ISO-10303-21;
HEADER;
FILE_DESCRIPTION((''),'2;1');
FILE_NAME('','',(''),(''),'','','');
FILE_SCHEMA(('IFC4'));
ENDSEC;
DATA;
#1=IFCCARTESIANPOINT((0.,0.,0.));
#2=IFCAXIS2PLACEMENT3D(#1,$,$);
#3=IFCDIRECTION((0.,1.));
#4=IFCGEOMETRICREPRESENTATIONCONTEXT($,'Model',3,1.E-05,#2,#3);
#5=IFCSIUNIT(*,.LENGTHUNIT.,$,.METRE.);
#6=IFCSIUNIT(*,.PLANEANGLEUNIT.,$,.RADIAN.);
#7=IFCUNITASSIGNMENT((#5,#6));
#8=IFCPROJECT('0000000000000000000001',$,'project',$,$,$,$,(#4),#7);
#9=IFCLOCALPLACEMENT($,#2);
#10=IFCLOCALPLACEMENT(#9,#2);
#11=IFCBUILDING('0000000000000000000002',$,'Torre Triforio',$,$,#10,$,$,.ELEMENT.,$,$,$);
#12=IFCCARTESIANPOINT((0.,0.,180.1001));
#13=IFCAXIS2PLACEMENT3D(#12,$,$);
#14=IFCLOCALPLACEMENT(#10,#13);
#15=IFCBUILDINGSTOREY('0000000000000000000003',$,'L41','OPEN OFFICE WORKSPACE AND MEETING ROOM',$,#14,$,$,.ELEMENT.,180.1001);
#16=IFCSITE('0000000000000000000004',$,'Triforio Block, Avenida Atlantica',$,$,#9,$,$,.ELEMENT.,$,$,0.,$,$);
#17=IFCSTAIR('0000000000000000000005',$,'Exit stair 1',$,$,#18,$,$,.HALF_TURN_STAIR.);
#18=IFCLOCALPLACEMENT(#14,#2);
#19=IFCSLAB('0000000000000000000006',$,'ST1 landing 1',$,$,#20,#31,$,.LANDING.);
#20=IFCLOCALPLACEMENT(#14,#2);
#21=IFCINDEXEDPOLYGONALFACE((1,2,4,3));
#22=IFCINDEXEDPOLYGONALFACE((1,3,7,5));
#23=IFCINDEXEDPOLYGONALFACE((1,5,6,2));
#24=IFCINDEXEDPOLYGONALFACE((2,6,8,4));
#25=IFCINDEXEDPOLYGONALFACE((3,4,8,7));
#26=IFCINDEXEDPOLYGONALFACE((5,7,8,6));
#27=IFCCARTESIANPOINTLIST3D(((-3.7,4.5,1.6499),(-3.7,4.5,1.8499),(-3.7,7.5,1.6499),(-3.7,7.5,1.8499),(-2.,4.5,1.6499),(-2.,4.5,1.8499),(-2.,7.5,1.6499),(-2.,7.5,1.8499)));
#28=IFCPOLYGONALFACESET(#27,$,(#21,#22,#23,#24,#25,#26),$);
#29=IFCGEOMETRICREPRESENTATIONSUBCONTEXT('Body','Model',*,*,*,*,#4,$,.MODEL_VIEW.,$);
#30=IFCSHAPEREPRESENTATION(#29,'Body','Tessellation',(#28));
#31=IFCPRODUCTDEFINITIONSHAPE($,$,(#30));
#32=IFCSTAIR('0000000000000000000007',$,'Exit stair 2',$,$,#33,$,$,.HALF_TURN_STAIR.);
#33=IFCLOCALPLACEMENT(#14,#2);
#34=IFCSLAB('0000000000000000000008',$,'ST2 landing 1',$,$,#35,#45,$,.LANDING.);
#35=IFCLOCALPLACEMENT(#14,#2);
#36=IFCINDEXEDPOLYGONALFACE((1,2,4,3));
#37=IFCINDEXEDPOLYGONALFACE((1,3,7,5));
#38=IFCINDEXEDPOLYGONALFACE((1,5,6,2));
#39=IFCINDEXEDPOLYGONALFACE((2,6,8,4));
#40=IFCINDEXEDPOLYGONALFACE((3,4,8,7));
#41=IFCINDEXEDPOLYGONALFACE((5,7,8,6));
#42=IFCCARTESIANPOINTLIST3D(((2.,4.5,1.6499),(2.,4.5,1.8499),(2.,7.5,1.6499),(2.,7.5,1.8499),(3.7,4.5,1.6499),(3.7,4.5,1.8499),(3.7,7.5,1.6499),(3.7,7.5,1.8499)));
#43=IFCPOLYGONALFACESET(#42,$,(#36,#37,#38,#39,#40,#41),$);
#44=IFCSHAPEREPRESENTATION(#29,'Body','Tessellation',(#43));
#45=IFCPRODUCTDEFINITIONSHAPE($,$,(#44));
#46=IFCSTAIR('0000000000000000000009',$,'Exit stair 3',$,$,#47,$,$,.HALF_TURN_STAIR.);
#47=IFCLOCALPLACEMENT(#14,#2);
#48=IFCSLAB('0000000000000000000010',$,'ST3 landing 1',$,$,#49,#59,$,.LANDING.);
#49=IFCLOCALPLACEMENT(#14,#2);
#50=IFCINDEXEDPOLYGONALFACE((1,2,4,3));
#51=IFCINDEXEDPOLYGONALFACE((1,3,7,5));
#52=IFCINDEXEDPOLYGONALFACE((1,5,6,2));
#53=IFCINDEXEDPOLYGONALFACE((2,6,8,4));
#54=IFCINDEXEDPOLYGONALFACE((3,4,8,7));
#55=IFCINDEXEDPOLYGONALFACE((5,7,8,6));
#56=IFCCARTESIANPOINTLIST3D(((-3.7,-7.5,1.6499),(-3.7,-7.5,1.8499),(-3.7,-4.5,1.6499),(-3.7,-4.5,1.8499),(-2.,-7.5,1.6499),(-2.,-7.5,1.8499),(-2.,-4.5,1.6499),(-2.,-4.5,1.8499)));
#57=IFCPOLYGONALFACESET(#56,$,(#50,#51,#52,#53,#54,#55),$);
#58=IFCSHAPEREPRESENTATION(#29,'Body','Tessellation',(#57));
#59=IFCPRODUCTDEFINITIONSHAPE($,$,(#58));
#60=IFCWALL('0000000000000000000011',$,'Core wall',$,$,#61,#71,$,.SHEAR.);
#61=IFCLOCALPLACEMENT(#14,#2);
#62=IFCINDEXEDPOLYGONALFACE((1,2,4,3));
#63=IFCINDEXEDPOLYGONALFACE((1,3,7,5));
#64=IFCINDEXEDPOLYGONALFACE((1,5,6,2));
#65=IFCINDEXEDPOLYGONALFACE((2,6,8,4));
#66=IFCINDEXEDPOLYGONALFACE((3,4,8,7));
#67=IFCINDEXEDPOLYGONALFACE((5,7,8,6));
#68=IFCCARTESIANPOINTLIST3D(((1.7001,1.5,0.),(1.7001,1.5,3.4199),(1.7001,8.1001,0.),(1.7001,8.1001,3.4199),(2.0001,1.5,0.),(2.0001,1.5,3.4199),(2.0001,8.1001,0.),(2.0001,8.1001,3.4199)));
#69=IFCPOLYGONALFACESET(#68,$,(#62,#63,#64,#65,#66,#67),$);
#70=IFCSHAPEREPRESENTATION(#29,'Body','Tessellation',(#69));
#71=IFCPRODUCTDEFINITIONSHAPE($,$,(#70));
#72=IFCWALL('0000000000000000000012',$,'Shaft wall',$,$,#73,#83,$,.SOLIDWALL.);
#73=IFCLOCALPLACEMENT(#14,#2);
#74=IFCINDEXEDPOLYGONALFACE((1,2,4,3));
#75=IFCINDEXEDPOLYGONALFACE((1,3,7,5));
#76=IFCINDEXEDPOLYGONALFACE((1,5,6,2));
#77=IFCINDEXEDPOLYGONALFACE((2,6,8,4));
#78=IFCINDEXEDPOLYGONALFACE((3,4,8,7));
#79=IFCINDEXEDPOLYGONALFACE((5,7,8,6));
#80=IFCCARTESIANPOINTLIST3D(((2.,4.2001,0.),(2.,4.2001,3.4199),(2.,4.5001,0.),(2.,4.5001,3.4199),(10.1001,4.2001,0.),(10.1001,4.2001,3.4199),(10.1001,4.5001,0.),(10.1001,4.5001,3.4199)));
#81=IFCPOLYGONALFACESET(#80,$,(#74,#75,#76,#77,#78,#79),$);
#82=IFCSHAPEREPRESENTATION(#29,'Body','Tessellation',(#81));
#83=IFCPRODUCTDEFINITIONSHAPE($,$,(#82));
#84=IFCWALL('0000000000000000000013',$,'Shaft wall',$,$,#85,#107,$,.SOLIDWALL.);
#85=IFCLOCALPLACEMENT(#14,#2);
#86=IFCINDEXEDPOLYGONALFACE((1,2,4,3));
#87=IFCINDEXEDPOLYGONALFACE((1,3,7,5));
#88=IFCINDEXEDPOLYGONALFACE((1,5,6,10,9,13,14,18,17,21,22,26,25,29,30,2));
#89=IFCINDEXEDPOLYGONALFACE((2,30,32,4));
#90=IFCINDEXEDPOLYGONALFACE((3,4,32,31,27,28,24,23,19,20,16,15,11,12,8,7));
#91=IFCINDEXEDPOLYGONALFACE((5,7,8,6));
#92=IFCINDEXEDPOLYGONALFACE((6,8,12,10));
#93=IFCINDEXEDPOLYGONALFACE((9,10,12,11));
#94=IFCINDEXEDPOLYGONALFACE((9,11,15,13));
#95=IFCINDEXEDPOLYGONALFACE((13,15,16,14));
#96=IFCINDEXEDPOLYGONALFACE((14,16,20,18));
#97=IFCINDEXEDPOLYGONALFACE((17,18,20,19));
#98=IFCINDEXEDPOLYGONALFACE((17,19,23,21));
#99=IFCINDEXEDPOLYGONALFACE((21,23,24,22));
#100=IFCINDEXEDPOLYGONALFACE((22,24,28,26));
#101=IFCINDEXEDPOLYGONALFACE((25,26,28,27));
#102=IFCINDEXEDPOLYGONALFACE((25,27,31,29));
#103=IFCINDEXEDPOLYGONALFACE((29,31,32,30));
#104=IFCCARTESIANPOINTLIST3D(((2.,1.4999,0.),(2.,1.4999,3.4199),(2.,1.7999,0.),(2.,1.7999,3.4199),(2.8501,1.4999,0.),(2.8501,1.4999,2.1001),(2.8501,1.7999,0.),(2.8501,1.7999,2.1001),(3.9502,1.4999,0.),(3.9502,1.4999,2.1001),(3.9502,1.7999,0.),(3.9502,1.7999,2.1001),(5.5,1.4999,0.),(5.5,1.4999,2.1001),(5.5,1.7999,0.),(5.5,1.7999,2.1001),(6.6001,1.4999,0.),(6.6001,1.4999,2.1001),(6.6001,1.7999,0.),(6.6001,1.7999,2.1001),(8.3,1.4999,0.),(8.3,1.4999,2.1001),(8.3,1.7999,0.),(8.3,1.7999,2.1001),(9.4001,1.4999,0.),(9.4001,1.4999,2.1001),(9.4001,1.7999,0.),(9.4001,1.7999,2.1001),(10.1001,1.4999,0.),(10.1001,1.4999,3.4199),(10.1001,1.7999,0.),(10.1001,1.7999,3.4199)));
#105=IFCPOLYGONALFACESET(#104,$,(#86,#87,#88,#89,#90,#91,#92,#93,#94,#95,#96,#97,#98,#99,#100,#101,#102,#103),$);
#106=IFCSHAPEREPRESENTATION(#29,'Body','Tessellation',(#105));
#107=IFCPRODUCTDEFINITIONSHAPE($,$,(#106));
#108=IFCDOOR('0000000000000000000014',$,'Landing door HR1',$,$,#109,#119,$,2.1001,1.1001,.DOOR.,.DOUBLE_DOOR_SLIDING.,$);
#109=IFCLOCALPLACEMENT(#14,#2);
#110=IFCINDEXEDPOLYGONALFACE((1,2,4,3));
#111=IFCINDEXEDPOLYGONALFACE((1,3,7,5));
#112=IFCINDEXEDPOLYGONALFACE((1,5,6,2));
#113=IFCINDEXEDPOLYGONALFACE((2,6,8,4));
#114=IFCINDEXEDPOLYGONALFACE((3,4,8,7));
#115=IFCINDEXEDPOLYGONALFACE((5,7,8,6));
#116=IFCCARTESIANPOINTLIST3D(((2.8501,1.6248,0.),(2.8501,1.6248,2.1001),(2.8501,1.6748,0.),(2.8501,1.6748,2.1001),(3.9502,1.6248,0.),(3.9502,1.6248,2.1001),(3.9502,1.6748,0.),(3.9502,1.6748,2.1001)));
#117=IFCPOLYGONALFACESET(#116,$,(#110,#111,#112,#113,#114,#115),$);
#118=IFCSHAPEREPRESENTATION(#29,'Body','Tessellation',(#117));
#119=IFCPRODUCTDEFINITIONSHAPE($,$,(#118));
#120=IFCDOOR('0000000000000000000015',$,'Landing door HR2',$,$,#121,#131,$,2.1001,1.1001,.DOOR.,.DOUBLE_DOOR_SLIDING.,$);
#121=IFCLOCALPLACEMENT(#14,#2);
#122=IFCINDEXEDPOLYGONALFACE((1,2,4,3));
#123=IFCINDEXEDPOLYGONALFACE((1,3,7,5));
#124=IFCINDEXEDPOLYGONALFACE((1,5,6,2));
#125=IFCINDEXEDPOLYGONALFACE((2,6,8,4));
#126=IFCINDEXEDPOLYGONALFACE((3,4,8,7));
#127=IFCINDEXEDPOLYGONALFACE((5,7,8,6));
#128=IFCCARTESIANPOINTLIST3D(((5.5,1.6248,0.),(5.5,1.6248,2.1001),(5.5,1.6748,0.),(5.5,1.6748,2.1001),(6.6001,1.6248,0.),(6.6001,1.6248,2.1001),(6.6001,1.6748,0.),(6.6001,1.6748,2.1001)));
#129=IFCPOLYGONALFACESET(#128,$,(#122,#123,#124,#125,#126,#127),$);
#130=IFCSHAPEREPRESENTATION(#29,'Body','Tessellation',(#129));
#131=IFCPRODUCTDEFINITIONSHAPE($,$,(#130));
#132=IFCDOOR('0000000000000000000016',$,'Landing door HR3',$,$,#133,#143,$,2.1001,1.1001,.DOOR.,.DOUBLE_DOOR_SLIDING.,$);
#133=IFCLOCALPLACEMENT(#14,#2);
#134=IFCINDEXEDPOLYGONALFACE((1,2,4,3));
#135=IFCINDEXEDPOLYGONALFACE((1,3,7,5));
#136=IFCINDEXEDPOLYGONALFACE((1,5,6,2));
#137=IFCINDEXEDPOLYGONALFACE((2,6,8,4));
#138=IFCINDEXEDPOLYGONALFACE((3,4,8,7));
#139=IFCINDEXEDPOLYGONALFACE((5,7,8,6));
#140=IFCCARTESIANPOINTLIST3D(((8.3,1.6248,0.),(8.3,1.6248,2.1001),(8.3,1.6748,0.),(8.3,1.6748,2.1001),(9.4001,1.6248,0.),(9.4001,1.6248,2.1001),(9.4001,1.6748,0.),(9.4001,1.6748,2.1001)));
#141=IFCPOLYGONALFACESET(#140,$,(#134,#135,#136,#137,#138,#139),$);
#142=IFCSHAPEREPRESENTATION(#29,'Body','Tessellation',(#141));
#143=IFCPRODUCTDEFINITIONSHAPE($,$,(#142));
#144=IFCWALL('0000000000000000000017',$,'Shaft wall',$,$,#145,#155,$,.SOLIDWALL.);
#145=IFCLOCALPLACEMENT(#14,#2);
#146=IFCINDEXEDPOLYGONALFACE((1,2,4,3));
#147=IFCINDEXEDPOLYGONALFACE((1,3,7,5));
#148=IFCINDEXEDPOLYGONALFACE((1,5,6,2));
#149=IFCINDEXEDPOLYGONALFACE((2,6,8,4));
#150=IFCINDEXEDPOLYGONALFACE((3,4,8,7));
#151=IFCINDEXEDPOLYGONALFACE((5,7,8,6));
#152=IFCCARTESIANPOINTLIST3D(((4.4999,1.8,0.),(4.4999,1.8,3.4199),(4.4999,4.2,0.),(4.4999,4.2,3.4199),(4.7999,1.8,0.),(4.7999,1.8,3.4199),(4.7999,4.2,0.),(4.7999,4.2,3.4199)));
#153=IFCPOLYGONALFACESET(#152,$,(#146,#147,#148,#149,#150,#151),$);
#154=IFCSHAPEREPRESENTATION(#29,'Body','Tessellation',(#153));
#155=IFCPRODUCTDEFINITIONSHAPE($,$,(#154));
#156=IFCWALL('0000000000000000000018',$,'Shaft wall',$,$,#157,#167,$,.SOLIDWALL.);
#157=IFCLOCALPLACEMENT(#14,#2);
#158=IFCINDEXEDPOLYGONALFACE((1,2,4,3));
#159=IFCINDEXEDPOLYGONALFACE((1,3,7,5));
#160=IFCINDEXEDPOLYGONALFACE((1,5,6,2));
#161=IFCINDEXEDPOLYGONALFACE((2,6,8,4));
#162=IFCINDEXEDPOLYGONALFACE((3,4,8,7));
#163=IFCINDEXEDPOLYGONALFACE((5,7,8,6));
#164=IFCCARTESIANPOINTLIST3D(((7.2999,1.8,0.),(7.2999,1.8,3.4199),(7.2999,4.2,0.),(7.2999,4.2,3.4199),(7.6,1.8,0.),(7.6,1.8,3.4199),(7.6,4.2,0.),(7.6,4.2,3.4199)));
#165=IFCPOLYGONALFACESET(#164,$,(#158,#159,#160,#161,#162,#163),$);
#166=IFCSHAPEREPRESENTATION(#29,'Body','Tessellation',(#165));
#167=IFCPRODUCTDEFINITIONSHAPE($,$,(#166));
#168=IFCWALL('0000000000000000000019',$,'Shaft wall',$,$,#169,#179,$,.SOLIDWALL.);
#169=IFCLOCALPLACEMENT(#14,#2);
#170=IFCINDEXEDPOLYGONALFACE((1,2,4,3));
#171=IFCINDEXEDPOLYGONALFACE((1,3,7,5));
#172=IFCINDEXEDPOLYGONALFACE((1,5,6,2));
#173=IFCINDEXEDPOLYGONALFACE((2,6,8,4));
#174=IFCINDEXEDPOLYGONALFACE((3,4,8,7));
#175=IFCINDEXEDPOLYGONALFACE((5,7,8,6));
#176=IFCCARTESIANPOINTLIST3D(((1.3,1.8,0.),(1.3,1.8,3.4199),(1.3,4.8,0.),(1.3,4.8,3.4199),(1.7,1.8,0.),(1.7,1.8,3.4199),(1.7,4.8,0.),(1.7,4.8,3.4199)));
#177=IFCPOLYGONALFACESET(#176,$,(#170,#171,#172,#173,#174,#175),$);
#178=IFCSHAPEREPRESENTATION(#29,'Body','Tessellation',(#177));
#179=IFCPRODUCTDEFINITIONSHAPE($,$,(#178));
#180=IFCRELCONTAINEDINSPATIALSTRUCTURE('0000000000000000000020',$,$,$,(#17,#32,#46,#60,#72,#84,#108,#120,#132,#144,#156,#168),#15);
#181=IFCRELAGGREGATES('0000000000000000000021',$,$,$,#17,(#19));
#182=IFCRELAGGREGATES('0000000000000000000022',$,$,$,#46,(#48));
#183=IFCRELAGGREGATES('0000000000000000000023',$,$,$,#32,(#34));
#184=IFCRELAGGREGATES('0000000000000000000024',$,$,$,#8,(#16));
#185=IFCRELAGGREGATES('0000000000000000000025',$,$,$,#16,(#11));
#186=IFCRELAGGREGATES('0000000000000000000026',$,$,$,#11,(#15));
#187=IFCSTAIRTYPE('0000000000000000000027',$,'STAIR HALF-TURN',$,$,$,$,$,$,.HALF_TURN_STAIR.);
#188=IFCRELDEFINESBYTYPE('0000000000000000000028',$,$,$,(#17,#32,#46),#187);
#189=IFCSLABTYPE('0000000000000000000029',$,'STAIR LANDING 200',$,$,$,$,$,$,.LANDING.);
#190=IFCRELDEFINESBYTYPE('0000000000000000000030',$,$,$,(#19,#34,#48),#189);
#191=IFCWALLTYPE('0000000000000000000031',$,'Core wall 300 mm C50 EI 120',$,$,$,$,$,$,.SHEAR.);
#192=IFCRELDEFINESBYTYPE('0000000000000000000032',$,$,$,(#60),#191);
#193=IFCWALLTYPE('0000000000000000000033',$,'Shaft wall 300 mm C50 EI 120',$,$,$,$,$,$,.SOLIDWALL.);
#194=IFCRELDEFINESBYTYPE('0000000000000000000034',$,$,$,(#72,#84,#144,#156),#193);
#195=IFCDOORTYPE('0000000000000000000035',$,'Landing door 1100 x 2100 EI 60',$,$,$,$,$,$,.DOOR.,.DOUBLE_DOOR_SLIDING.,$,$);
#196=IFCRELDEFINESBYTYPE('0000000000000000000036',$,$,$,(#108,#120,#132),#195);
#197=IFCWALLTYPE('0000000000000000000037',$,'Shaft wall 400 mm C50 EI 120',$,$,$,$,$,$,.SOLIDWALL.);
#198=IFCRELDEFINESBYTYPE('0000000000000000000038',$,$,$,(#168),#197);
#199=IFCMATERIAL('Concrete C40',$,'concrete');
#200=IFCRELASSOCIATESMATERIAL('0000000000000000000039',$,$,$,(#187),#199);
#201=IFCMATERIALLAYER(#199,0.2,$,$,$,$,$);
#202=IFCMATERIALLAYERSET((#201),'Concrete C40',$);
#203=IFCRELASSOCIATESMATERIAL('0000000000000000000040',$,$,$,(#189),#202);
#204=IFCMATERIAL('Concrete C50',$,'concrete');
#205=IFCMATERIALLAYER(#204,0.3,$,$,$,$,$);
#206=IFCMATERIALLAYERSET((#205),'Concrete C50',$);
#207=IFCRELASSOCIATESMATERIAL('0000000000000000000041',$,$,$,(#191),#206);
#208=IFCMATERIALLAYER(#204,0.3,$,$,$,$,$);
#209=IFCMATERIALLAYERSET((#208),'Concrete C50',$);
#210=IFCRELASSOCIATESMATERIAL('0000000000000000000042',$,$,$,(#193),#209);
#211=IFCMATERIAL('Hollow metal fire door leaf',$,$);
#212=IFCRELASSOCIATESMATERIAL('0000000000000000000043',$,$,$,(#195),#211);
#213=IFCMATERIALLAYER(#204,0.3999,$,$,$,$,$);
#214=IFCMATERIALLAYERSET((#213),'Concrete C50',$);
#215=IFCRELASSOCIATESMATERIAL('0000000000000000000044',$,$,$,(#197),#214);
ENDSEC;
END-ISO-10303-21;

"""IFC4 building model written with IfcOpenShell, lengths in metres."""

from ifc_helpers import new_model, si_unit, direction, frame, frame_2d, origin, place, context, subcontext, project, spatial, polyline, rectangle, outline, extrude, material, layer, layer_set, type_object, element, fill, aggregate, save


model = new_model("IFC4")

# Units and contexts
model_context = context("Model", 3, precision=1e-05, world=origin(), true_north=direction((0.0, 1.0)))
body_context = subcontext(model_context, "Body", "Model", "MODEL_VIEW")
ifc_project = project(units=[si_unit("LENGTHUNIT", "METRE"), si_unit("PLANEANGLEUNIT", "RADIAN")], contexts=[model_context])

# Site, building, storey
site_placement = place(None, origin())
site = spatial("IfcSite", under=ifc_project, at=site_placement, Name="Triforio Block, Avenida Atlantica", CompositionType="ELEMENT", RefElevation=0.0)
building_placement = place(site_placement, origin())
building = spatial("IfcBuilding", under=site, at=building_placement, Name="Torre Triforio", CompositionType="ELEMENT")
storey_placement = place(building_placement, frame((0.0, 0.0, 180.1001)))
storey = spatial("IfcBuildingStorey", under=building, at=storey_placement, Name="L41", Description="OPEN OFFICE WORKSPACE AND MEETING ROOM", CompositionType="ELEMENT", Elevation=180.1001)

# Stairs, slabs
ifc_material_1 = material(Name="Concrete C40", Category="concrete")
stair_type = type_object("IfcStairType", Name="STAIR HALF-TURN", PredefinedType="HALF_TURN_STAIR", material=ifc_material_1)
stair_1_placement = place(storey_placement, origin())
stair_1 = element("IfcStair", 1, at=stair_1_placement, inside=storey, type_object=stair_type, Name="Exit stair 1", PredefinedType="HALF_TURN_STAIR")
ifc_layer_1 = layer(ifc_material_1, 0.2)
ifc_layer_set_1 = layer_set([ifc_layer_1], Name="Concrete C40")
slab_type = type_object("IfcSlabType", Name="STAIR LANDING 200", PredefinedType="LANDING", material=ifc_layer_set_1)
slab_1_placement = place(storey_placement, frame((0.0, 0.0, 1.6499)))
slab_1 = element("IfcSlab", 2, at=slab_1_placement, type_object=slab_type, Name="ST1 landing 1", PredefinedType="LANDING", context=body_context, shape_type="SweptSolid", body=[
    extrude(outline(polyline([(-2.0, 4.5), (-2.0, 7.5), (-3.7, 7.5), (-3.7, 4.5), (-2.0, 4.5)])), origin(), (0.0, 0.0, 1.0), 0.2),
])
aggregate(stair_1, [slab_1])
stair_2_placement = place(storey_placement, origin())
stair_2 = element("IfcStair", 3, at=stair_2_placement, inside=storey, type_object=stair_type, Name="Exit stair 2", PredefinedType="HALF_TURN_STAIR")
slab_2_placement = place(storey_placement, frame((0.0, 0.0, 1.6499)))
slab_2 = element("IfcSlab", 4, at=slab_2_placement, type_object=slab_type, Name="ST2 landing 1", PredefinedType="LANDING", context=body_context, shape_type="SweptSolid", body=[
    extrude(outline(polyline([(3.7, 4.5), (3.7, 7.5), (2.0, 7.5), (2.0, 4.5), (3.7, 4.5)])), origin(), (0.0, 0.0, 1.0), 0.2),
])
stair_3_placement = place(storey_placement, origin())
stair_3 = element("IfcStair", 5, at=stair_3_placement, inside=storey, type_object=stair_type, Name="Exit stair 3", PredefinedType="HALF_TURN_STAIR")
slab_3_placement = place(storey_placement, frame((0.0, 0.0, 1.6499)))
slab_3 = element("IfcSlab", 6, at=slab_3_placement, type_object=slab_type, Name="ST3 landing 1", PredefinedType="LANDING", context=body_context, shape_type="SweptSolid", body=[
    extrude(outline(polyline([(-2.0, -7.5), (-2.0, -4.5), (-3.7, -4.5), (-3.7, -7.5), (-2.0, -7.5)])), origin(), (0.0, 0.0, 1.0), 0.2),
])
aggregate(stair_3, [slab_3])

# Walls
ifc_material_2 = material(Name="Concrete C50", Category="concrete")
ifc_layer_2 = layer(ifc_material_2, 0.3)
ifc_layer_set_2 = layer_set([ifc_layer_2], Name="Concrete C50")
wall_type_1 = type_object("IfcWallType", Name="Core wall 300 mm C50 EI 120", PredefinedType="SHEAR", material=ifc_layer_set_2)
wall_1_placement = place(storey_placement, frame((1.8501, 1.5, 0.0), z_axis=(0.0, 0.0, 1.0), x_axis=(0.0, 1.0, 0.0)))
element("IfcWall", 7, at=wall_1_placement, inside=storey, type_object=wall_type_1, Name="Core wall", PredefinedType="SHEAR", context=body_context, shape_type="SweptSolid", body=[
    extrude(rectangle(XDim=6.6001, YDim=0.3, at=frame_2d((3.3, 0.0))), origin(), (0.0, 0.0, 1.0), 3.4199),
])
ifc_layer_3 = layer(ifc_material_2, 0.3)
ifc_layer_set_3 = layer_set([ifc_layer_3], Name="Concrete C50")
wall_type_2 = type_object("IfcWallType", Name="Shaft wall 300 mm C50 EI 120", PredefinedType="SOLIDWALL", material=ifc_layer_set_3)
wall_2_placement = place(storey_placement, frame((2.0, 4.3501, 0.0), z_axis=(0.0, 0.0, 1.0), x_axis=(1.0, 0.0, 0.0)))
element("IfcWall", 8, at=wall_2_placement, inside=storey, type_object=wall_type_2, Name="Shaft wall", PredefinedType="SOLIDWALL", context=body_context, shape_type="SweptSolid", body=[
    extrude(rectangle(XDim=8.1001, YDim=0.3, at=frame_2d((4.05, 0.0))), origin(), (0.0, 0.0, 1.0), 3.4199),
])

# Wall, openings, doors
wall_3_placement = place(storey_placement, frame((2.0, 1.6499, 0.0), z_axis=(0.0, 0.0, 1.0), x_axis=(1.0, 0.0, 0.0)))
wall_3 = element("IfcWall", 9, at=wall_3_placement, inside=storey, type_object=wall_type_2, Name="Shaft wall", PredefinedType="SOLIDWALL", context=body_context, shape_type="SweptSolid", body=[
    extrude(rectangle(XDim=8.1001, YDim=0.3, at=frame_2d((4.05, 0.0))), origin(), (0.0, 0.0, 1.0), 3.4199),
])
opening_1_placement = place(wall_3_placement, frame((0.8501, 0.0, 0.0)))
opening_1 = element("IfcOpeningElement", 10, at=opening_1_placement, cuts=wall_3, PredefinedType="OPENING", context=body_context, shape_type="SweptSolid", body=[
    extrude(rectangle(XDim=1.1001, YDim=2.1001, at=frame_2d((0.55, 1.05))), frame((0.0, 0.1599, 0.0), z_axis=(0.0, -1.0, 0.0), x_axis=(1.0, 0.0, 0.0)), (0.0, 0.0, 1.0), 0.3201),
])
opening_2_placement = place(wall_3_placement, frame((3.5, 0.0, 0.0)))
opening_2 = element("IfcOpeningElement", 11, at=opening_2_placement, cuts=wall_3, PredefinedType="OPENING", context=body_context, shape_type="SweptSolid", body=[
    extrude(rectangle(XDim=1.1001, YDim=2.1001, at=frame_2d((0.55, 1.05))), frame((0.0, 0.1599, 0.0), z_axis=(0.0, -1.0, 0.0), x_axis=(1.0, 0.0, 0.0)), (0.0, 0.0, 1.0), 0.3201),
])
opening_3_placement = place(wall_3_placement, frame((6.3, 0.0, 0.0)))
opening_3 = element("IfcOpeningElement", 12, at=opening_3_placement, cuts=wall_3, PredefinedType="OPENING", context=body_context, shape_type="SweptSolid", body=[
    extrude(rectangle(XDim=1.1001, YDim=2.1001, at=frame_2d((0.55, 1.05))), frame((0.0, 0.1599, 0.0), z_axis=(0.0, -1.0, 0.0), x_axis=(1.0, 0.0, 0.0)), (0.0, 0.0, 1.0), 0.3201),
])
ifc_material_3 = material(Name="Hollow metal fire door leaf")
door_type = type_object("IfcDoorType", Name="Landing door 1100 x 2100 EI 60", OperationType="DOUBLE_DOOR_SLIDING", PredefinedType="DOOR", material=ifc_material_3)
door_1_placement = place(opening_1_placement, origin())
door_1 = element("IfcDoor", 13, at=door_1_placement, inside=storey, type_object=door_type, Name="Landing door HR1", OperationType="DOUBLE_DOOR_SLIDING", OverallHeight=2.1001, OverallWidth=1.1001, PredefinedType="DOOR", context=body_context, shape_type="SweptSolid", body=[
    extrude(rectangle(XDim=1.1001, YDim=2.1001, at=frame_2d((0.55, 1.05))), frame((0.0, 0.0249, 0.0), z_axis=(0.0, -1.0, 0.0), x_axis=(1.0, 0.0, 0.0)), (0.0, 0.0, 1.0), 0.05),
])
fill(opening_1, door_1)
door_2_placement = place(opening_2_placement, origin())
door_2 = element("IfcDoor", 14, at=door_2_placement, inside=storey, type_object=door_type, Name="Landing door HR2", OperationType="DOUBLE_DOOR_SLIDING", OverallHeight=2.1001, OverallWidth=1.1001, PredefinedType="DOOR", context=body_context, shape_type="SweptSolid", body=[
    extrude(rectangle(XDim=1.1001, YDim=2.1001, at=frame_2d((0.55, 1.05))), frame((0.0, 0.0249, 0.0), z_axis=(0.0, -1.0, 0.0), x_axis=(1.0, 0.0, 0.0)), (0.0, 0.0, 1.0), 0.05),
])
fill(opening_2, door_2)
door_3_placement = place(opening_3_placement, origin())
door_3 = element("IfcDoor", 15, at=door_3_placement, inside=storey, type_object=door_type, Name="Landing door HR3", OperationType="DOUBLE_DOOR_SLIDING", OverallHeight=2.1001, OverallWidth=1.1001, PredefinedType="DOOR", context=body_context, shape_type="SweptSolid", body=[
    extrude(rectangle(XDim=1.1001, YDim=2.1001, at=frame_2d((0.55, 1.05))), frame((0.0, 0.0249, 0.0), z_axis=(0.0, -1.0, 0.0), x_axis=(1.0, 0.0, 0.0)), (0.0, 0.0, 1.0), 0.05),
])
fill(opening_3, door_3)

# Walls
for number, where, z_axis, x_axis, name in (
    (16, (4.6499, 1.8, 0.0), (0.0, 0.0, 1.0), (0.0, 1.0, 0.0), "Shaft wall"),
    (17, (7.45, 1.8, 0.0), (0.0, 0.0, 1.0), (0.0, 1.0, 0.0), "Shaft wall"),
):
    element("IfcWall", number, at=place(storey_placement, frame(where, z_axis=z_axis, x_axis=x_axis)), inside=storey, type_object=wall_type_2, Name=name, PredefinedType="SOLIDWALL", context=body_context, shape_type="SweptSolid", body=[
        extrude(rectangle(XDim=2.3999, YDim=0.3, at=frame_2d((1.2, 0.0))), origin(), (0.0, 0.0, 1.0), 3.4199),
    ])
ifc_layer_4 = layer(ifc_material_2, 0.3999)
ifc_layer_set_4 = layer_set([ifc_layer_4], Name="Concrete C50")
wall_type_3 = type_object("IfcWallType", Name="Shaft wall 400 mm C50 EI 120", PredefinedType="SOLIDWALL", material=ifc_layer_set_4)
wall_4_placement = place(storey_placement, frame((1.5, 1.8, 0.0), z_axis=(0.0, 0.0, 1.0), x_axis=(0.0, 1.0, 0.0)))
element("IfcWall", 18, at=wall_4_placement, inside=storey, type_object=wall_type_3, Name="Shaft wall", PredefinedType="SOLIDWALL", context=body_context, shape_type="SweptSolid", body=[
    extrude(rectangle(XDim=3.0, YDim=0.3999, at=frame_2d((1.5, 0.0))), origin(), (0.0, 0.0, 1.0), 3.4199),
])

aggregate(stair_2, [slab_2])

save(model, "model.ifc")
